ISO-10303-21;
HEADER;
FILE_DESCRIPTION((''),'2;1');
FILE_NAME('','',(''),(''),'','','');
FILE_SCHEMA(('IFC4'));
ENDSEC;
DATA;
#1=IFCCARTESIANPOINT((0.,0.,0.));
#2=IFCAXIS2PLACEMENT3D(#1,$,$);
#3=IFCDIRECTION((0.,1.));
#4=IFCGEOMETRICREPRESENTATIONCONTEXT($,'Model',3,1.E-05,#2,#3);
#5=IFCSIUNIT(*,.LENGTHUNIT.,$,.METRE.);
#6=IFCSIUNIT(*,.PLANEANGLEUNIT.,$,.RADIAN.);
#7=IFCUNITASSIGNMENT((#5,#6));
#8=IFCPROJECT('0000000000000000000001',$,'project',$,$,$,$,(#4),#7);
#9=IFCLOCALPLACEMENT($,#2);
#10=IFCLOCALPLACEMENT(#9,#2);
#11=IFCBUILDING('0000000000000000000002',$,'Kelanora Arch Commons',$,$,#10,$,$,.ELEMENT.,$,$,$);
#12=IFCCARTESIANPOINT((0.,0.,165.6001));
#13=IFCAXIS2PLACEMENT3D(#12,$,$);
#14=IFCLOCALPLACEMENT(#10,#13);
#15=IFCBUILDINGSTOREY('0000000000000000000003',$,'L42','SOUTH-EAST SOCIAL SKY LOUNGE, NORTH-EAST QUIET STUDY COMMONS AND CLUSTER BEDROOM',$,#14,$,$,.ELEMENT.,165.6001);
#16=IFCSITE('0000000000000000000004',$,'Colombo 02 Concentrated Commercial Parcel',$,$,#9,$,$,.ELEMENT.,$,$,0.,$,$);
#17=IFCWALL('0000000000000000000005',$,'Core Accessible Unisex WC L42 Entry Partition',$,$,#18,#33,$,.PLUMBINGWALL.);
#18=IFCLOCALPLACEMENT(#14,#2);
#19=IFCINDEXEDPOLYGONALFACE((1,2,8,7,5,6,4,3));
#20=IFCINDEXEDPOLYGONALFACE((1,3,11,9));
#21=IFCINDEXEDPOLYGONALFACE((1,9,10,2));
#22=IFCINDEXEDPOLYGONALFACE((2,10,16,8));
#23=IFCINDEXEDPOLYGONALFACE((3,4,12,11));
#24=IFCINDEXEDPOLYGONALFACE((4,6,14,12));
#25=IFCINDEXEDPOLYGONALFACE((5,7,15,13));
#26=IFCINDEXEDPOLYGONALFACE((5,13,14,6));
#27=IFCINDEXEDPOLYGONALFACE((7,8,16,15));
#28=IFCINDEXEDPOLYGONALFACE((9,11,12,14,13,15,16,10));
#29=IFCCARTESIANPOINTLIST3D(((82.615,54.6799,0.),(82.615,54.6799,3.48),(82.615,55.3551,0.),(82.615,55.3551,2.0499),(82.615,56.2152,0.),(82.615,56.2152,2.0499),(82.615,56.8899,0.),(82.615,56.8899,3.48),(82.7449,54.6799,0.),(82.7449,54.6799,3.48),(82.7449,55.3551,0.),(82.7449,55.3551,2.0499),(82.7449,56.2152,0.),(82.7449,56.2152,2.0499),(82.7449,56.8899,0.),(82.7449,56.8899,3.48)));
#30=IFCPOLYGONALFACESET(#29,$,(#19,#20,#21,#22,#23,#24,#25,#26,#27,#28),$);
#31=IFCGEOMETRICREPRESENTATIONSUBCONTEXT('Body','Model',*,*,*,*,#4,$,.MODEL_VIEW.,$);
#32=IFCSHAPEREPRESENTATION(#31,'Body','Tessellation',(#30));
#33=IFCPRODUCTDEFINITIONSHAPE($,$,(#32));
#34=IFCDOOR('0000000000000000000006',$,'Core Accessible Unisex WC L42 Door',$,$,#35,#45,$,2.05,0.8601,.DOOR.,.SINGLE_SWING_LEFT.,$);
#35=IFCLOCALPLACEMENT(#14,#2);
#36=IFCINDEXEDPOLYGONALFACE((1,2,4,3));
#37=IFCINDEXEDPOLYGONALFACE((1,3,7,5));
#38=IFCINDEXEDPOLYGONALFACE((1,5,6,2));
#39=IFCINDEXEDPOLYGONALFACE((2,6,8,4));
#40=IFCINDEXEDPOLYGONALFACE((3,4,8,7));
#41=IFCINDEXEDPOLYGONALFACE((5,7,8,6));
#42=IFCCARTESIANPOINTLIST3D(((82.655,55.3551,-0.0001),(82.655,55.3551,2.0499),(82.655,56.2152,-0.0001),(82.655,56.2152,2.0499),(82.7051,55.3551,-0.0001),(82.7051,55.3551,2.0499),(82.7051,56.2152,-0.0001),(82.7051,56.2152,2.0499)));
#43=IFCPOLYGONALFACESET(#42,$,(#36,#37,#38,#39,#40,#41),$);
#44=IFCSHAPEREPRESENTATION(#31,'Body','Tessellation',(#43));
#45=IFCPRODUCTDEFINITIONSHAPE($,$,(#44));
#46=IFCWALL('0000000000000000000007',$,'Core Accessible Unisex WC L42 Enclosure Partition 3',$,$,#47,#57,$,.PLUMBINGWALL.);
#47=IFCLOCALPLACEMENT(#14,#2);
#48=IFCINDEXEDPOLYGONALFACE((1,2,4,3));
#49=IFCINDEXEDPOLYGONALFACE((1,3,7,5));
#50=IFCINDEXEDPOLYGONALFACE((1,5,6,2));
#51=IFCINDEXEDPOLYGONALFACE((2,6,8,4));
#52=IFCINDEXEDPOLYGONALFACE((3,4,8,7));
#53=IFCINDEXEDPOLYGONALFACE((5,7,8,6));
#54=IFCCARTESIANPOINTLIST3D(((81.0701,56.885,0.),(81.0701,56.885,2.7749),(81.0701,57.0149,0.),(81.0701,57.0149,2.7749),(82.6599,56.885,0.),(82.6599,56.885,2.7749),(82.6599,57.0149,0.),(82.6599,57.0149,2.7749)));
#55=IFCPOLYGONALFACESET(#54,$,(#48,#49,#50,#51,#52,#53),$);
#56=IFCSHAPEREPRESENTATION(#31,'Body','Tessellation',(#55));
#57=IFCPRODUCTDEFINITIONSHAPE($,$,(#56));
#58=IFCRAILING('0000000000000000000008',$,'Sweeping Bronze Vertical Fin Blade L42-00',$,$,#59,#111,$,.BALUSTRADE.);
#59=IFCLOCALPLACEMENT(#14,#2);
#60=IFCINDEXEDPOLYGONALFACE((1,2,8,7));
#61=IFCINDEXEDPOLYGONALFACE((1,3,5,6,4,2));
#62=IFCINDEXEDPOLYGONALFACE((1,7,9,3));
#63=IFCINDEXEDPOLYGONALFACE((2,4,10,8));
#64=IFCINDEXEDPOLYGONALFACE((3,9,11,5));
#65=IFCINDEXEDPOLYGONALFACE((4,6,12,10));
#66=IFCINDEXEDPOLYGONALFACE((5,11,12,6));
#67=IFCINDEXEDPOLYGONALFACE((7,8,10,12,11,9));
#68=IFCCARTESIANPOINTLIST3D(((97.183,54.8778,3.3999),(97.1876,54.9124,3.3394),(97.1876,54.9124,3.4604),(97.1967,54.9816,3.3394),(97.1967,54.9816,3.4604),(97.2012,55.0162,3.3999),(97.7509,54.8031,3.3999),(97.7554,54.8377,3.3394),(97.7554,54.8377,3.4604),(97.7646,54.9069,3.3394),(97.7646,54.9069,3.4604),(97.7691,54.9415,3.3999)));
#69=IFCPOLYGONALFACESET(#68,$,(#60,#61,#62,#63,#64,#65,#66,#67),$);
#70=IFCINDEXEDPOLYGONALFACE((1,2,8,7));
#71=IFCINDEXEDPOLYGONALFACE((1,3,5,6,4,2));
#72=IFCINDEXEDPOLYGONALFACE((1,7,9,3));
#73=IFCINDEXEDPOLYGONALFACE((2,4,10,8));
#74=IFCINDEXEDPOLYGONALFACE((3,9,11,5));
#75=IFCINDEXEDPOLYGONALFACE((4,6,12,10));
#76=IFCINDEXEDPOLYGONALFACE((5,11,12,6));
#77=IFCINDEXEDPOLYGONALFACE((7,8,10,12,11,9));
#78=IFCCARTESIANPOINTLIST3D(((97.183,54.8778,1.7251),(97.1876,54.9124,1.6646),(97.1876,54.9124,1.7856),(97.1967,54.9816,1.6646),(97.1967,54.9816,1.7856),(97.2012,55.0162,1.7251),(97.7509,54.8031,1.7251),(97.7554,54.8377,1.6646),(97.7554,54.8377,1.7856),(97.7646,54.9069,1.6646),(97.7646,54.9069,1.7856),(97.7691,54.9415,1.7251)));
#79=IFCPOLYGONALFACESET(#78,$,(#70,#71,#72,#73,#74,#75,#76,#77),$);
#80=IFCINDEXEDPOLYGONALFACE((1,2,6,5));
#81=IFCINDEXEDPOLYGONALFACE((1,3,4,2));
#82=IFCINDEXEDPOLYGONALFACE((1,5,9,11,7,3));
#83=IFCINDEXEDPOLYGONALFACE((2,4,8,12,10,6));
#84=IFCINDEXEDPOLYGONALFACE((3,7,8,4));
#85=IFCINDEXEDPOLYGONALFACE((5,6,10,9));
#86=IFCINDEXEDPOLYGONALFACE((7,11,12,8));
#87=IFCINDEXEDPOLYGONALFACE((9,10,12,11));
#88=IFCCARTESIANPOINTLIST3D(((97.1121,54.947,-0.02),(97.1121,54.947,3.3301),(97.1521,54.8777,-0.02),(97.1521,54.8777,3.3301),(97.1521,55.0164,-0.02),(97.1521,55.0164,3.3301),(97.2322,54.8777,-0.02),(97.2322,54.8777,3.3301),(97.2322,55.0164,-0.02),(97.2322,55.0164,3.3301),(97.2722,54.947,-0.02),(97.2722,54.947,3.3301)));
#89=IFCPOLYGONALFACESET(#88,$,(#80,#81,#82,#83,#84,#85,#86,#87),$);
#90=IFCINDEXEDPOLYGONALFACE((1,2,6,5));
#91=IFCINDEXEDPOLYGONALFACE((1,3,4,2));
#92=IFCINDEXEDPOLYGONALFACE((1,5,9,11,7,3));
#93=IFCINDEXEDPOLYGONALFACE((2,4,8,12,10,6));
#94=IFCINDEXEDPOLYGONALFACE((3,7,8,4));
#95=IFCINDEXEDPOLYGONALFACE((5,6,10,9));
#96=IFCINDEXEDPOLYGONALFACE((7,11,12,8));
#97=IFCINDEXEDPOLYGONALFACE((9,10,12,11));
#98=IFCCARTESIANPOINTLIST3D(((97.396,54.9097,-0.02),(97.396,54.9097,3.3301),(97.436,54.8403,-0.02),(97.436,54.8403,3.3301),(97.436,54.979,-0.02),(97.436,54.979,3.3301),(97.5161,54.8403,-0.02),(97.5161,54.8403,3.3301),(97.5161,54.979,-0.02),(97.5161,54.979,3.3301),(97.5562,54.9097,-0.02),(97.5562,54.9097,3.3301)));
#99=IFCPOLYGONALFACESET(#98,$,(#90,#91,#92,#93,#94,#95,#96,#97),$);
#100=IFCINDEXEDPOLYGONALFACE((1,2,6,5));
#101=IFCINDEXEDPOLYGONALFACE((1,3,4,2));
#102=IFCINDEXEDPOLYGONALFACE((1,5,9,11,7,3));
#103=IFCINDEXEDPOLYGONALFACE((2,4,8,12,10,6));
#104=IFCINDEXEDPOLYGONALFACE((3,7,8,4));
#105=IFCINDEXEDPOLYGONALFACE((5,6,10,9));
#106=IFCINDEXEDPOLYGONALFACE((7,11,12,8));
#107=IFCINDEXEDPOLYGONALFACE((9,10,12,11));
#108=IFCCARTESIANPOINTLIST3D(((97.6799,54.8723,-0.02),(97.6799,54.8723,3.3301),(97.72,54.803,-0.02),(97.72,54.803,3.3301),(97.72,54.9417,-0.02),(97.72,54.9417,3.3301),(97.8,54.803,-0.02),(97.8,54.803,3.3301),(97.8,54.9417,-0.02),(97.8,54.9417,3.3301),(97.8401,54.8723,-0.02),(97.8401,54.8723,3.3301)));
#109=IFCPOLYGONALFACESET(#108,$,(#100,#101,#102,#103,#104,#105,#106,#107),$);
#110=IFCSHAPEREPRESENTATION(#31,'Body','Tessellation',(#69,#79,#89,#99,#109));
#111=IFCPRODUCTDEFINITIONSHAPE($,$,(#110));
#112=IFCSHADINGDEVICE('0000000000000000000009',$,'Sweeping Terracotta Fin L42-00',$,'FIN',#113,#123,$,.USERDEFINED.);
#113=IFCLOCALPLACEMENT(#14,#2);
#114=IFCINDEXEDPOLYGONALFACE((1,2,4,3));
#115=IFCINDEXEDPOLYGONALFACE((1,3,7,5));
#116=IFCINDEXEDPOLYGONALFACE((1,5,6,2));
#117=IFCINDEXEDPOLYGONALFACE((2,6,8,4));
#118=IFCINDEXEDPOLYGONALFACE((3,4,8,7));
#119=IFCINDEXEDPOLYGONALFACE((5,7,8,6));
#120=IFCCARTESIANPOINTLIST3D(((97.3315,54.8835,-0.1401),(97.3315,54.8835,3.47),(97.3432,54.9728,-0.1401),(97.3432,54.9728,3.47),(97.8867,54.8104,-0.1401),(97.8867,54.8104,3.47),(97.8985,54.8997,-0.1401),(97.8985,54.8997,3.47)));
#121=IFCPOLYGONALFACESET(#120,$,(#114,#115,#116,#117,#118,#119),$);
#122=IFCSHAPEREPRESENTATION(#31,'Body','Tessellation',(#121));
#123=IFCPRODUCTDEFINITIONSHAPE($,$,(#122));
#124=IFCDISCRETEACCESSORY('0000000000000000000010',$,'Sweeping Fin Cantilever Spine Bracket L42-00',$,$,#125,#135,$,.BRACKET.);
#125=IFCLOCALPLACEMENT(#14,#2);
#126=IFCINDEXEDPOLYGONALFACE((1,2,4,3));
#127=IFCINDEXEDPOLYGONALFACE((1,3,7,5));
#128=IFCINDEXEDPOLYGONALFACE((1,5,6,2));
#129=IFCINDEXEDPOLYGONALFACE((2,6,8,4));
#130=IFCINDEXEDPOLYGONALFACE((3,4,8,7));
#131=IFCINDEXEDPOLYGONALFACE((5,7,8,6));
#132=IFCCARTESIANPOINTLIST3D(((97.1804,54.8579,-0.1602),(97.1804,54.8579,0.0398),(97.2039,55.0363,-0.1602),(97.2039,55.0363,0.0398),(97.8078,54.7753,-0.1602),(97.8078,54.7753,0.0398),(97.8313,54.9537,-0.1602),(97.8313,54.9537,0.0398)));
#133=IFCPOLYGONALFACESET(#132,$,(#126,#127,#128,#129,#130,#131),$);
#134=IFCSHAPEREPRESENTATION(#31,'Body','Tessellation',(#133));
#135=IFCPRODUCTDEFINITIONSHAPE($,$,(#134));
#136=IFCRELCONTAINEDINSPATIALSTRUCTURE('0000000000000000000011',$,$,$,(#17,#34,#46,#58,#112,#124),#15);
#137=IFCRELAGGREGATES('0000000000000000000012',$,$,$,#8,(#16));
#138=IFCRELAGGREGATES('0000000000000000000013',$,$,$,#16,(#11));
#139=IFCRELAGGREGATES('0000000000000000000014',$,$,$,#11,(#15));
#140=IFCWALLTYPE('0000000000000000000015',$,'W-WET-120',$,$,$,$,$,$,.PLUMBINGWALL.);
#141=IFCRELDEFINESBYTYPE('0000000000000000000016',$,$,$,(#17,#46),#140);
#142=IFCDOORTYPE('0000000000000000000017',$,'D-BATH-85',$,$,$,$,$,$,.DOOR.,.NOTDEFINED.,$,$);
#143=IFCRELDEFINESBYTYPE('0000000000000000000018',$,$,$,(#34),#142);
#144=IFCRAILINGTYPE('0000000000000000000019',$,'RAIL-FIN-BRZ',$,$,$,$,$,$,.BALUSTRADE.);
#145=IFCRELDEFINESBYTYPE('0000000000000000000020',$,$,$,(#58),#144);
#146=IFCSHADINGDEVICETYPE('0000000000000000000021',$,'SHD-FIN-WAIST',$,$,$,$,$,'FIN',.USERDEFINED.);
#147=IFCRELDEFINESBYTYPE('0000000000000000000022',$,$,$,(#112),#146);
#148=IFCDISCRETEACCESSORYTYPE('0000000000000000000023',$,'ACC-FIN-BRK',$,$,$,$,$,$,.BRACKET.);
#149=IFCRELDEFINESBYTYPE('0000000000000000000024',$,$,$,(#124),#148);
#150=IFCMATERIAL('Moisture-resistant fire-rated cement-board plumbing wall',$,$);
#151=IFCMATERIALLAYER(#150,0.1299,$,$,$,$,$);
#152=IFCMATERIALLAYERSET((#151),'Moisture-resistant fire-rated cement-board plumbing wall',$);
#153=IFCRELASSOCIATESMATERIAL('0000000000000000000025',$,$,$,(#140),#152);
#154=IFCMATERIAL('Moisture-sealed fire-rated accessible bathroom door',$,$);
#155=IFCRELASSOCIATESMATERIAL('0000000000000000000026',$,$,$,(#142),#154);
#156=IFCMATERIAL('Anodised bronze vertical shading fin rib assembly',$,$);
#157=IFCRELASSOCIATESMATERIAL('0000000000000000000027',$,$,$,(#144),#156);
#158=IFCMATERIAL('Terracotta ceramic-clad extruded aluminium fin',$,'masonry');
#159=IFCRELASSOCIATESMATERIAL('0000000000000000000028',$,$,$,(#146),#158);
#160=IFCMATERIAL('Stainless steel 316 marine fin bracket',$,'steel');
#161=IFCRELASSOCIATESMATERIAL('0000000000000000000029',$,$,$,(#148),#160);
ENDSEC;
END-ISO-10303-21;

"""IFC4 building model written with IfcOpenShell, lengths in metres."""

from ifc_helpers import new_model, si_unit, direction, frame, frame_2d, origin, origin_2d, place, context, subcontext, project, spatial, polyline, rectangle, outline, extrude, source, transform, mapped, material, layer, layer_set, type_object, element, fill, save


model = new_model("IFC4")

# Units and contexts
model_context = context("Model", 3, precision=1e-05, world=origin(), true_north=direction((0.0, 1.0)))
body_context = subcontext(model_context, "Body", "Model", "MODEL_VIEW")
ifc_project = project(units=[si_unit("LENGTHUNIT", "METRE"), si_unit("PLANEANGLEUNIT", "RADIAN")], contexts=[model_context])

# Site, building, storey
site_placement = place(None, origin())
site = spatial("IfcSite", under=ifc_project, at=site_placement, Name="Colombo 02 Concentrated Commercial Parcel", CompositionType="ELEMENT", RefElevation=0.0)
building_placement = place(site_placement, origin())
building = spatial("IfcBuilding", under=site, at=building_placement, Name="Kelanora Arch Commons", CompositionType="ELEMENT")
storey_placement = place(building_placement, frame((0.0, 0.0, 165.6001)))
storey = spatial("IfcBuildingStorey", under=building, at=storey_placement, Name="L42", Description="SOUTH-EAST SOCIAL SKY LOUNGE, NORTH-EAST QUIET STUDY COMMONS AND CLUSTER BEDROOM", CompositionType="ELEMENT", Elevation=165.6001)

# Wall, opening, door
ifc_material_1 = material(Name="Moisture-resistant fire-rated cement-board plumbing wall")
ifc_layer_1 = layer(ifc_material_1, 0.1299)
ifc_layer_set_1 = layer_set([ifc_layer_1], Name="Moisture-resistant fire-rated cement-board plumbing wall")
wall_type_1 = type_object("IfcWallType", Name="W-WET-120", PredefinedType="PLUMBINGWALL", material=ifc_layer_set_1)
wall_1_placement = place(storey_placement, frame((82.6799, 54.6799, 0.0), z_axis=(0.0, 0.0, 1.0), x_axis=(0.0, 1.0, 0.0)))
wall_1 = element("IfcWall", 1, at=wall_1_placement, inside=storey, type_object=wall_type_1, Name="Core Accessible Unisex WC L42 Entry Partition", PredefinedType="PLUMBINGWALL", context=body_context, shape_type="SweptSolid", body=[
    extrude(rectangle(XDim=2.21, YDim=0.1299, at=frame_2d((1.105, 0.0))), origin(), (0.0, 0.0, 1.0), 3.48),
])
opening_1_placement = place(wall_1_placement, frame((0.675, 0.0, 0.0)))
opening_1 = element("IfcOpeningElement", 2, at=opening_1_placement, cuts=wall_1, PredefinedType="OPENING", context=body_context, shape_type="SweptSolid", body=[
    extrude(rectangle(XDim=0.8601, YDim=2.05, at=frame_2d((0.4302, 1.0249))), frame((0.0, 0.075, 0.0), z_axis=(0.0, -1.0, 0.0), x_axis=(1.0, 0.0, 0.0)), (0.0, 0.0, 1.0), 0.1499),
])
ifc_material_2 = material(Name="Moisture-sealed fire-rated accessible bathroom door")
door_type = type_object("IfcDoorType", Name="D-BATH-85", OperationType="NOTDEFINED", PredefinedType="DOOR", material=ifc_material_2)
door_placement = place(opening_1_placement, origin())
door = element("IfcDoor", 3, at=door_placement, inside=storey, type_object=door_type, Name="Core Accessible Unisex WC L42 Door", OperationType="SINGLE_SWING_LEFT", OverallHeight=2.05, OverallWidth=0.8601, PredefinedType="DOOR", context=body_context, shape_type="SweptSolid", body=[
    extrude(rectangle(XDim=0.8601, YDim=2.05, at=frame_2d((0.4302, 1.0249))), frame((0.0, 0.0249, 0.0), z_axis=(0.0, -1.0, 0.0), x_axis=(1.0, 0.0, 0.0)), (0.0, 0.0, 1.0), 0.05),
])
fill(opening_1, door)

# Wall
wall_2_placement = place(storey_placement, frame((82.6599, 56.95, 0.0), z_axis=(0.0, 0.0, 1.0), x_axis=(-1.0, 0.0, 0.0)))
element("IfcWall", 4, at=wall_2_placement, inside=storey, type_object=wall_type_1, Name="Core Accessible Unisex WC L42 Enclosure Partition 3", PredefinedType="PLUMBINGWALL", context=body_context, shape_type="SweptSolid", body=[
    extrude(rectangle(XDim=1.5898, YDim=0.1299, at=frame_2d((0.7949, 0.0))), origin(), (0.0, 0.0, 1.0), 2.7749),
])

# Railing
ifc_material_3 = material(Name="Anodised bronze vertical shading fin rib assembly")
railing_type = type_object("IfcRailingType", Name="RAIL-FIN-BRZ", PredefinedType="BALUSTRADE", material=ifc_material_3)
railing_placement = place(storey_placement, frame((97.1921, 54.947, -0.02)))
element("IfcRailing", 5, at=railing_placement, inside=storey, type_object=railing_type, Name="Sweeping Bronze Vertical Fin Blade L42-00", PredefinedType="BALUSTRADE", context=body_context, shape_type="SweptSolid", body=[
    extrude(outline(polyline([(0.0698, 0.0), (0.0349, 0.0605), (-0.0349, 0.0605), (-0.0698, 0.0), (-0.0349, -0.0605), (0.0349, -0.0605), (0.0698, 0.0)])), frame((0.0, 0.0, 3.4199), z_axis=(0.991457, -0.130432, 0.0), x_axis=(0.130432, 0.991457, 0.0)), (0.0, 0.0, 1.0), 0.5728),
    extrude(outline(polyline([(0.0698, 0.0), (0.0349, 0.0605), (-0.0349, 0.0605), (-0.0698, 0.0), (-0.0349, -0.0605), (0.0349, -0.0605), (0.0698, 0.0)])), frame((0.0, 0.0, 1.7451), z_axis=(0.991457, -0.130432, 0.0), x_axis=(0.130432, 0.991457, 0.0)), (0.0, 0.0, 1.0), 0.5728),
    extrude(outline(polyline([(0.0801, 0.0), (0.04, 0.0693), (-0.04, 0.0693), (-0.0801, 0.0), (-0.04, -0.0693), (0.04, -0.0693), (0.0801, 0.0)])), origin(), (0.0, 0.0, 1.0), 3.3501),
    extrude(outline(polyline([(0.0801, 0.0), (0.04, 0.0693), (-0.04, 0.0693), (-0.0801, 0.0), (-0.04, -0.0693), (0.04, -0.0693), (0.0801, 0.0)])), frame((0.2839, -0.0374, 0.0)), (0.0, 0.0, 1.0), 3.3501),
    extrude(outline(polyline([(0.0801, 0.0), (0.04, 0.0693), (-0.04, 0.0693), (-0.0801, 0.0), (-0.04, -0.0693), (0.04, -0.0693), (0.0801, 0.0)])), frame((0.5679, -0.0747, 0.0)), (0.0, 0.0, 1.0), 3.3501),
])

# Shading device
ifc_material_4 = material(Name="Terracotta ceramic-clad extruded aluminium fin", Category="masonry")
shading_device_type = type_object("IfcShadingDeviceType", Name="SHD-FIN-WAIST", ElementType="FIN", PredefinedType="USERDEFINED", material=ifc_material_4)
shared_shape_1 = source(origin(), body_context, "Body", "SweptSolid", [
    extrude(rectangle(XDim=0.5601, YDim=0.0901, at=origin_2d()), origin(), (0.0, 0.0, 1.0), 3.6101),
])
shading_device_placement = place(storey_placement, frame((97.615, 54.8916, -0.1401), z_axis=(0.0, 0.0, 1.0), x_axis=(0.991445, -0.130526, 0.0)))
element("IfcShadingDevice", 6, at=shading_device_placement, inside=storey, type_object=shading_device_type, Name="Sweeping Terracotta Fin L42-00", ObjectType="FIN", PredefinedType="USERDEFINED", context=body_context, shape_type="MappedRepresentation", body=[
    mapped(shared_shape_1, transform((0.0, 0.0, 0.0), scale=1.0)),
])

# Discrete accessory
ifc_material_5 = material(Name="Stainless steel 316 marine fin bracket", Category="steel")
discrete_accessory_type = type_object("IfcDiscreteAccessoryType", Name="ACC-FIN-BRK", PredefinedType="BRACKET", material=ifc_material_5)
shared_shape_2 = source(origin(), body_context, "Body", "SweptSolid", [
    extrude(rectangle(XDim=0.6328, YDim=0.1799, at=origin_2d()), origin(), (0.0, 0.0, 1.0), 0.2),
])
discrete_accessory_placement = place(storey_placement, frame((97.5059, 54.9058, -0.1602), z_axis=(0.0, 0.0, 1.0), x_axis=(0.991445, -0.130526, 0.0)))
element("IfcDiscreteAccessory", 7, at=discrete_accessory_placement, inside=storey, type_object=discrete_accessory_type, Name="Sweeping Fin Cantilever Spine Bracket L42-00", PredefinedType="BRACKET", context=body_context, shape_type="MappedRepresentation", body=[
    mapped(shared_shape_2, transform((0.0, 0.0, 0.0), scale=1.0)),
])

save(model, "model.ifc")
